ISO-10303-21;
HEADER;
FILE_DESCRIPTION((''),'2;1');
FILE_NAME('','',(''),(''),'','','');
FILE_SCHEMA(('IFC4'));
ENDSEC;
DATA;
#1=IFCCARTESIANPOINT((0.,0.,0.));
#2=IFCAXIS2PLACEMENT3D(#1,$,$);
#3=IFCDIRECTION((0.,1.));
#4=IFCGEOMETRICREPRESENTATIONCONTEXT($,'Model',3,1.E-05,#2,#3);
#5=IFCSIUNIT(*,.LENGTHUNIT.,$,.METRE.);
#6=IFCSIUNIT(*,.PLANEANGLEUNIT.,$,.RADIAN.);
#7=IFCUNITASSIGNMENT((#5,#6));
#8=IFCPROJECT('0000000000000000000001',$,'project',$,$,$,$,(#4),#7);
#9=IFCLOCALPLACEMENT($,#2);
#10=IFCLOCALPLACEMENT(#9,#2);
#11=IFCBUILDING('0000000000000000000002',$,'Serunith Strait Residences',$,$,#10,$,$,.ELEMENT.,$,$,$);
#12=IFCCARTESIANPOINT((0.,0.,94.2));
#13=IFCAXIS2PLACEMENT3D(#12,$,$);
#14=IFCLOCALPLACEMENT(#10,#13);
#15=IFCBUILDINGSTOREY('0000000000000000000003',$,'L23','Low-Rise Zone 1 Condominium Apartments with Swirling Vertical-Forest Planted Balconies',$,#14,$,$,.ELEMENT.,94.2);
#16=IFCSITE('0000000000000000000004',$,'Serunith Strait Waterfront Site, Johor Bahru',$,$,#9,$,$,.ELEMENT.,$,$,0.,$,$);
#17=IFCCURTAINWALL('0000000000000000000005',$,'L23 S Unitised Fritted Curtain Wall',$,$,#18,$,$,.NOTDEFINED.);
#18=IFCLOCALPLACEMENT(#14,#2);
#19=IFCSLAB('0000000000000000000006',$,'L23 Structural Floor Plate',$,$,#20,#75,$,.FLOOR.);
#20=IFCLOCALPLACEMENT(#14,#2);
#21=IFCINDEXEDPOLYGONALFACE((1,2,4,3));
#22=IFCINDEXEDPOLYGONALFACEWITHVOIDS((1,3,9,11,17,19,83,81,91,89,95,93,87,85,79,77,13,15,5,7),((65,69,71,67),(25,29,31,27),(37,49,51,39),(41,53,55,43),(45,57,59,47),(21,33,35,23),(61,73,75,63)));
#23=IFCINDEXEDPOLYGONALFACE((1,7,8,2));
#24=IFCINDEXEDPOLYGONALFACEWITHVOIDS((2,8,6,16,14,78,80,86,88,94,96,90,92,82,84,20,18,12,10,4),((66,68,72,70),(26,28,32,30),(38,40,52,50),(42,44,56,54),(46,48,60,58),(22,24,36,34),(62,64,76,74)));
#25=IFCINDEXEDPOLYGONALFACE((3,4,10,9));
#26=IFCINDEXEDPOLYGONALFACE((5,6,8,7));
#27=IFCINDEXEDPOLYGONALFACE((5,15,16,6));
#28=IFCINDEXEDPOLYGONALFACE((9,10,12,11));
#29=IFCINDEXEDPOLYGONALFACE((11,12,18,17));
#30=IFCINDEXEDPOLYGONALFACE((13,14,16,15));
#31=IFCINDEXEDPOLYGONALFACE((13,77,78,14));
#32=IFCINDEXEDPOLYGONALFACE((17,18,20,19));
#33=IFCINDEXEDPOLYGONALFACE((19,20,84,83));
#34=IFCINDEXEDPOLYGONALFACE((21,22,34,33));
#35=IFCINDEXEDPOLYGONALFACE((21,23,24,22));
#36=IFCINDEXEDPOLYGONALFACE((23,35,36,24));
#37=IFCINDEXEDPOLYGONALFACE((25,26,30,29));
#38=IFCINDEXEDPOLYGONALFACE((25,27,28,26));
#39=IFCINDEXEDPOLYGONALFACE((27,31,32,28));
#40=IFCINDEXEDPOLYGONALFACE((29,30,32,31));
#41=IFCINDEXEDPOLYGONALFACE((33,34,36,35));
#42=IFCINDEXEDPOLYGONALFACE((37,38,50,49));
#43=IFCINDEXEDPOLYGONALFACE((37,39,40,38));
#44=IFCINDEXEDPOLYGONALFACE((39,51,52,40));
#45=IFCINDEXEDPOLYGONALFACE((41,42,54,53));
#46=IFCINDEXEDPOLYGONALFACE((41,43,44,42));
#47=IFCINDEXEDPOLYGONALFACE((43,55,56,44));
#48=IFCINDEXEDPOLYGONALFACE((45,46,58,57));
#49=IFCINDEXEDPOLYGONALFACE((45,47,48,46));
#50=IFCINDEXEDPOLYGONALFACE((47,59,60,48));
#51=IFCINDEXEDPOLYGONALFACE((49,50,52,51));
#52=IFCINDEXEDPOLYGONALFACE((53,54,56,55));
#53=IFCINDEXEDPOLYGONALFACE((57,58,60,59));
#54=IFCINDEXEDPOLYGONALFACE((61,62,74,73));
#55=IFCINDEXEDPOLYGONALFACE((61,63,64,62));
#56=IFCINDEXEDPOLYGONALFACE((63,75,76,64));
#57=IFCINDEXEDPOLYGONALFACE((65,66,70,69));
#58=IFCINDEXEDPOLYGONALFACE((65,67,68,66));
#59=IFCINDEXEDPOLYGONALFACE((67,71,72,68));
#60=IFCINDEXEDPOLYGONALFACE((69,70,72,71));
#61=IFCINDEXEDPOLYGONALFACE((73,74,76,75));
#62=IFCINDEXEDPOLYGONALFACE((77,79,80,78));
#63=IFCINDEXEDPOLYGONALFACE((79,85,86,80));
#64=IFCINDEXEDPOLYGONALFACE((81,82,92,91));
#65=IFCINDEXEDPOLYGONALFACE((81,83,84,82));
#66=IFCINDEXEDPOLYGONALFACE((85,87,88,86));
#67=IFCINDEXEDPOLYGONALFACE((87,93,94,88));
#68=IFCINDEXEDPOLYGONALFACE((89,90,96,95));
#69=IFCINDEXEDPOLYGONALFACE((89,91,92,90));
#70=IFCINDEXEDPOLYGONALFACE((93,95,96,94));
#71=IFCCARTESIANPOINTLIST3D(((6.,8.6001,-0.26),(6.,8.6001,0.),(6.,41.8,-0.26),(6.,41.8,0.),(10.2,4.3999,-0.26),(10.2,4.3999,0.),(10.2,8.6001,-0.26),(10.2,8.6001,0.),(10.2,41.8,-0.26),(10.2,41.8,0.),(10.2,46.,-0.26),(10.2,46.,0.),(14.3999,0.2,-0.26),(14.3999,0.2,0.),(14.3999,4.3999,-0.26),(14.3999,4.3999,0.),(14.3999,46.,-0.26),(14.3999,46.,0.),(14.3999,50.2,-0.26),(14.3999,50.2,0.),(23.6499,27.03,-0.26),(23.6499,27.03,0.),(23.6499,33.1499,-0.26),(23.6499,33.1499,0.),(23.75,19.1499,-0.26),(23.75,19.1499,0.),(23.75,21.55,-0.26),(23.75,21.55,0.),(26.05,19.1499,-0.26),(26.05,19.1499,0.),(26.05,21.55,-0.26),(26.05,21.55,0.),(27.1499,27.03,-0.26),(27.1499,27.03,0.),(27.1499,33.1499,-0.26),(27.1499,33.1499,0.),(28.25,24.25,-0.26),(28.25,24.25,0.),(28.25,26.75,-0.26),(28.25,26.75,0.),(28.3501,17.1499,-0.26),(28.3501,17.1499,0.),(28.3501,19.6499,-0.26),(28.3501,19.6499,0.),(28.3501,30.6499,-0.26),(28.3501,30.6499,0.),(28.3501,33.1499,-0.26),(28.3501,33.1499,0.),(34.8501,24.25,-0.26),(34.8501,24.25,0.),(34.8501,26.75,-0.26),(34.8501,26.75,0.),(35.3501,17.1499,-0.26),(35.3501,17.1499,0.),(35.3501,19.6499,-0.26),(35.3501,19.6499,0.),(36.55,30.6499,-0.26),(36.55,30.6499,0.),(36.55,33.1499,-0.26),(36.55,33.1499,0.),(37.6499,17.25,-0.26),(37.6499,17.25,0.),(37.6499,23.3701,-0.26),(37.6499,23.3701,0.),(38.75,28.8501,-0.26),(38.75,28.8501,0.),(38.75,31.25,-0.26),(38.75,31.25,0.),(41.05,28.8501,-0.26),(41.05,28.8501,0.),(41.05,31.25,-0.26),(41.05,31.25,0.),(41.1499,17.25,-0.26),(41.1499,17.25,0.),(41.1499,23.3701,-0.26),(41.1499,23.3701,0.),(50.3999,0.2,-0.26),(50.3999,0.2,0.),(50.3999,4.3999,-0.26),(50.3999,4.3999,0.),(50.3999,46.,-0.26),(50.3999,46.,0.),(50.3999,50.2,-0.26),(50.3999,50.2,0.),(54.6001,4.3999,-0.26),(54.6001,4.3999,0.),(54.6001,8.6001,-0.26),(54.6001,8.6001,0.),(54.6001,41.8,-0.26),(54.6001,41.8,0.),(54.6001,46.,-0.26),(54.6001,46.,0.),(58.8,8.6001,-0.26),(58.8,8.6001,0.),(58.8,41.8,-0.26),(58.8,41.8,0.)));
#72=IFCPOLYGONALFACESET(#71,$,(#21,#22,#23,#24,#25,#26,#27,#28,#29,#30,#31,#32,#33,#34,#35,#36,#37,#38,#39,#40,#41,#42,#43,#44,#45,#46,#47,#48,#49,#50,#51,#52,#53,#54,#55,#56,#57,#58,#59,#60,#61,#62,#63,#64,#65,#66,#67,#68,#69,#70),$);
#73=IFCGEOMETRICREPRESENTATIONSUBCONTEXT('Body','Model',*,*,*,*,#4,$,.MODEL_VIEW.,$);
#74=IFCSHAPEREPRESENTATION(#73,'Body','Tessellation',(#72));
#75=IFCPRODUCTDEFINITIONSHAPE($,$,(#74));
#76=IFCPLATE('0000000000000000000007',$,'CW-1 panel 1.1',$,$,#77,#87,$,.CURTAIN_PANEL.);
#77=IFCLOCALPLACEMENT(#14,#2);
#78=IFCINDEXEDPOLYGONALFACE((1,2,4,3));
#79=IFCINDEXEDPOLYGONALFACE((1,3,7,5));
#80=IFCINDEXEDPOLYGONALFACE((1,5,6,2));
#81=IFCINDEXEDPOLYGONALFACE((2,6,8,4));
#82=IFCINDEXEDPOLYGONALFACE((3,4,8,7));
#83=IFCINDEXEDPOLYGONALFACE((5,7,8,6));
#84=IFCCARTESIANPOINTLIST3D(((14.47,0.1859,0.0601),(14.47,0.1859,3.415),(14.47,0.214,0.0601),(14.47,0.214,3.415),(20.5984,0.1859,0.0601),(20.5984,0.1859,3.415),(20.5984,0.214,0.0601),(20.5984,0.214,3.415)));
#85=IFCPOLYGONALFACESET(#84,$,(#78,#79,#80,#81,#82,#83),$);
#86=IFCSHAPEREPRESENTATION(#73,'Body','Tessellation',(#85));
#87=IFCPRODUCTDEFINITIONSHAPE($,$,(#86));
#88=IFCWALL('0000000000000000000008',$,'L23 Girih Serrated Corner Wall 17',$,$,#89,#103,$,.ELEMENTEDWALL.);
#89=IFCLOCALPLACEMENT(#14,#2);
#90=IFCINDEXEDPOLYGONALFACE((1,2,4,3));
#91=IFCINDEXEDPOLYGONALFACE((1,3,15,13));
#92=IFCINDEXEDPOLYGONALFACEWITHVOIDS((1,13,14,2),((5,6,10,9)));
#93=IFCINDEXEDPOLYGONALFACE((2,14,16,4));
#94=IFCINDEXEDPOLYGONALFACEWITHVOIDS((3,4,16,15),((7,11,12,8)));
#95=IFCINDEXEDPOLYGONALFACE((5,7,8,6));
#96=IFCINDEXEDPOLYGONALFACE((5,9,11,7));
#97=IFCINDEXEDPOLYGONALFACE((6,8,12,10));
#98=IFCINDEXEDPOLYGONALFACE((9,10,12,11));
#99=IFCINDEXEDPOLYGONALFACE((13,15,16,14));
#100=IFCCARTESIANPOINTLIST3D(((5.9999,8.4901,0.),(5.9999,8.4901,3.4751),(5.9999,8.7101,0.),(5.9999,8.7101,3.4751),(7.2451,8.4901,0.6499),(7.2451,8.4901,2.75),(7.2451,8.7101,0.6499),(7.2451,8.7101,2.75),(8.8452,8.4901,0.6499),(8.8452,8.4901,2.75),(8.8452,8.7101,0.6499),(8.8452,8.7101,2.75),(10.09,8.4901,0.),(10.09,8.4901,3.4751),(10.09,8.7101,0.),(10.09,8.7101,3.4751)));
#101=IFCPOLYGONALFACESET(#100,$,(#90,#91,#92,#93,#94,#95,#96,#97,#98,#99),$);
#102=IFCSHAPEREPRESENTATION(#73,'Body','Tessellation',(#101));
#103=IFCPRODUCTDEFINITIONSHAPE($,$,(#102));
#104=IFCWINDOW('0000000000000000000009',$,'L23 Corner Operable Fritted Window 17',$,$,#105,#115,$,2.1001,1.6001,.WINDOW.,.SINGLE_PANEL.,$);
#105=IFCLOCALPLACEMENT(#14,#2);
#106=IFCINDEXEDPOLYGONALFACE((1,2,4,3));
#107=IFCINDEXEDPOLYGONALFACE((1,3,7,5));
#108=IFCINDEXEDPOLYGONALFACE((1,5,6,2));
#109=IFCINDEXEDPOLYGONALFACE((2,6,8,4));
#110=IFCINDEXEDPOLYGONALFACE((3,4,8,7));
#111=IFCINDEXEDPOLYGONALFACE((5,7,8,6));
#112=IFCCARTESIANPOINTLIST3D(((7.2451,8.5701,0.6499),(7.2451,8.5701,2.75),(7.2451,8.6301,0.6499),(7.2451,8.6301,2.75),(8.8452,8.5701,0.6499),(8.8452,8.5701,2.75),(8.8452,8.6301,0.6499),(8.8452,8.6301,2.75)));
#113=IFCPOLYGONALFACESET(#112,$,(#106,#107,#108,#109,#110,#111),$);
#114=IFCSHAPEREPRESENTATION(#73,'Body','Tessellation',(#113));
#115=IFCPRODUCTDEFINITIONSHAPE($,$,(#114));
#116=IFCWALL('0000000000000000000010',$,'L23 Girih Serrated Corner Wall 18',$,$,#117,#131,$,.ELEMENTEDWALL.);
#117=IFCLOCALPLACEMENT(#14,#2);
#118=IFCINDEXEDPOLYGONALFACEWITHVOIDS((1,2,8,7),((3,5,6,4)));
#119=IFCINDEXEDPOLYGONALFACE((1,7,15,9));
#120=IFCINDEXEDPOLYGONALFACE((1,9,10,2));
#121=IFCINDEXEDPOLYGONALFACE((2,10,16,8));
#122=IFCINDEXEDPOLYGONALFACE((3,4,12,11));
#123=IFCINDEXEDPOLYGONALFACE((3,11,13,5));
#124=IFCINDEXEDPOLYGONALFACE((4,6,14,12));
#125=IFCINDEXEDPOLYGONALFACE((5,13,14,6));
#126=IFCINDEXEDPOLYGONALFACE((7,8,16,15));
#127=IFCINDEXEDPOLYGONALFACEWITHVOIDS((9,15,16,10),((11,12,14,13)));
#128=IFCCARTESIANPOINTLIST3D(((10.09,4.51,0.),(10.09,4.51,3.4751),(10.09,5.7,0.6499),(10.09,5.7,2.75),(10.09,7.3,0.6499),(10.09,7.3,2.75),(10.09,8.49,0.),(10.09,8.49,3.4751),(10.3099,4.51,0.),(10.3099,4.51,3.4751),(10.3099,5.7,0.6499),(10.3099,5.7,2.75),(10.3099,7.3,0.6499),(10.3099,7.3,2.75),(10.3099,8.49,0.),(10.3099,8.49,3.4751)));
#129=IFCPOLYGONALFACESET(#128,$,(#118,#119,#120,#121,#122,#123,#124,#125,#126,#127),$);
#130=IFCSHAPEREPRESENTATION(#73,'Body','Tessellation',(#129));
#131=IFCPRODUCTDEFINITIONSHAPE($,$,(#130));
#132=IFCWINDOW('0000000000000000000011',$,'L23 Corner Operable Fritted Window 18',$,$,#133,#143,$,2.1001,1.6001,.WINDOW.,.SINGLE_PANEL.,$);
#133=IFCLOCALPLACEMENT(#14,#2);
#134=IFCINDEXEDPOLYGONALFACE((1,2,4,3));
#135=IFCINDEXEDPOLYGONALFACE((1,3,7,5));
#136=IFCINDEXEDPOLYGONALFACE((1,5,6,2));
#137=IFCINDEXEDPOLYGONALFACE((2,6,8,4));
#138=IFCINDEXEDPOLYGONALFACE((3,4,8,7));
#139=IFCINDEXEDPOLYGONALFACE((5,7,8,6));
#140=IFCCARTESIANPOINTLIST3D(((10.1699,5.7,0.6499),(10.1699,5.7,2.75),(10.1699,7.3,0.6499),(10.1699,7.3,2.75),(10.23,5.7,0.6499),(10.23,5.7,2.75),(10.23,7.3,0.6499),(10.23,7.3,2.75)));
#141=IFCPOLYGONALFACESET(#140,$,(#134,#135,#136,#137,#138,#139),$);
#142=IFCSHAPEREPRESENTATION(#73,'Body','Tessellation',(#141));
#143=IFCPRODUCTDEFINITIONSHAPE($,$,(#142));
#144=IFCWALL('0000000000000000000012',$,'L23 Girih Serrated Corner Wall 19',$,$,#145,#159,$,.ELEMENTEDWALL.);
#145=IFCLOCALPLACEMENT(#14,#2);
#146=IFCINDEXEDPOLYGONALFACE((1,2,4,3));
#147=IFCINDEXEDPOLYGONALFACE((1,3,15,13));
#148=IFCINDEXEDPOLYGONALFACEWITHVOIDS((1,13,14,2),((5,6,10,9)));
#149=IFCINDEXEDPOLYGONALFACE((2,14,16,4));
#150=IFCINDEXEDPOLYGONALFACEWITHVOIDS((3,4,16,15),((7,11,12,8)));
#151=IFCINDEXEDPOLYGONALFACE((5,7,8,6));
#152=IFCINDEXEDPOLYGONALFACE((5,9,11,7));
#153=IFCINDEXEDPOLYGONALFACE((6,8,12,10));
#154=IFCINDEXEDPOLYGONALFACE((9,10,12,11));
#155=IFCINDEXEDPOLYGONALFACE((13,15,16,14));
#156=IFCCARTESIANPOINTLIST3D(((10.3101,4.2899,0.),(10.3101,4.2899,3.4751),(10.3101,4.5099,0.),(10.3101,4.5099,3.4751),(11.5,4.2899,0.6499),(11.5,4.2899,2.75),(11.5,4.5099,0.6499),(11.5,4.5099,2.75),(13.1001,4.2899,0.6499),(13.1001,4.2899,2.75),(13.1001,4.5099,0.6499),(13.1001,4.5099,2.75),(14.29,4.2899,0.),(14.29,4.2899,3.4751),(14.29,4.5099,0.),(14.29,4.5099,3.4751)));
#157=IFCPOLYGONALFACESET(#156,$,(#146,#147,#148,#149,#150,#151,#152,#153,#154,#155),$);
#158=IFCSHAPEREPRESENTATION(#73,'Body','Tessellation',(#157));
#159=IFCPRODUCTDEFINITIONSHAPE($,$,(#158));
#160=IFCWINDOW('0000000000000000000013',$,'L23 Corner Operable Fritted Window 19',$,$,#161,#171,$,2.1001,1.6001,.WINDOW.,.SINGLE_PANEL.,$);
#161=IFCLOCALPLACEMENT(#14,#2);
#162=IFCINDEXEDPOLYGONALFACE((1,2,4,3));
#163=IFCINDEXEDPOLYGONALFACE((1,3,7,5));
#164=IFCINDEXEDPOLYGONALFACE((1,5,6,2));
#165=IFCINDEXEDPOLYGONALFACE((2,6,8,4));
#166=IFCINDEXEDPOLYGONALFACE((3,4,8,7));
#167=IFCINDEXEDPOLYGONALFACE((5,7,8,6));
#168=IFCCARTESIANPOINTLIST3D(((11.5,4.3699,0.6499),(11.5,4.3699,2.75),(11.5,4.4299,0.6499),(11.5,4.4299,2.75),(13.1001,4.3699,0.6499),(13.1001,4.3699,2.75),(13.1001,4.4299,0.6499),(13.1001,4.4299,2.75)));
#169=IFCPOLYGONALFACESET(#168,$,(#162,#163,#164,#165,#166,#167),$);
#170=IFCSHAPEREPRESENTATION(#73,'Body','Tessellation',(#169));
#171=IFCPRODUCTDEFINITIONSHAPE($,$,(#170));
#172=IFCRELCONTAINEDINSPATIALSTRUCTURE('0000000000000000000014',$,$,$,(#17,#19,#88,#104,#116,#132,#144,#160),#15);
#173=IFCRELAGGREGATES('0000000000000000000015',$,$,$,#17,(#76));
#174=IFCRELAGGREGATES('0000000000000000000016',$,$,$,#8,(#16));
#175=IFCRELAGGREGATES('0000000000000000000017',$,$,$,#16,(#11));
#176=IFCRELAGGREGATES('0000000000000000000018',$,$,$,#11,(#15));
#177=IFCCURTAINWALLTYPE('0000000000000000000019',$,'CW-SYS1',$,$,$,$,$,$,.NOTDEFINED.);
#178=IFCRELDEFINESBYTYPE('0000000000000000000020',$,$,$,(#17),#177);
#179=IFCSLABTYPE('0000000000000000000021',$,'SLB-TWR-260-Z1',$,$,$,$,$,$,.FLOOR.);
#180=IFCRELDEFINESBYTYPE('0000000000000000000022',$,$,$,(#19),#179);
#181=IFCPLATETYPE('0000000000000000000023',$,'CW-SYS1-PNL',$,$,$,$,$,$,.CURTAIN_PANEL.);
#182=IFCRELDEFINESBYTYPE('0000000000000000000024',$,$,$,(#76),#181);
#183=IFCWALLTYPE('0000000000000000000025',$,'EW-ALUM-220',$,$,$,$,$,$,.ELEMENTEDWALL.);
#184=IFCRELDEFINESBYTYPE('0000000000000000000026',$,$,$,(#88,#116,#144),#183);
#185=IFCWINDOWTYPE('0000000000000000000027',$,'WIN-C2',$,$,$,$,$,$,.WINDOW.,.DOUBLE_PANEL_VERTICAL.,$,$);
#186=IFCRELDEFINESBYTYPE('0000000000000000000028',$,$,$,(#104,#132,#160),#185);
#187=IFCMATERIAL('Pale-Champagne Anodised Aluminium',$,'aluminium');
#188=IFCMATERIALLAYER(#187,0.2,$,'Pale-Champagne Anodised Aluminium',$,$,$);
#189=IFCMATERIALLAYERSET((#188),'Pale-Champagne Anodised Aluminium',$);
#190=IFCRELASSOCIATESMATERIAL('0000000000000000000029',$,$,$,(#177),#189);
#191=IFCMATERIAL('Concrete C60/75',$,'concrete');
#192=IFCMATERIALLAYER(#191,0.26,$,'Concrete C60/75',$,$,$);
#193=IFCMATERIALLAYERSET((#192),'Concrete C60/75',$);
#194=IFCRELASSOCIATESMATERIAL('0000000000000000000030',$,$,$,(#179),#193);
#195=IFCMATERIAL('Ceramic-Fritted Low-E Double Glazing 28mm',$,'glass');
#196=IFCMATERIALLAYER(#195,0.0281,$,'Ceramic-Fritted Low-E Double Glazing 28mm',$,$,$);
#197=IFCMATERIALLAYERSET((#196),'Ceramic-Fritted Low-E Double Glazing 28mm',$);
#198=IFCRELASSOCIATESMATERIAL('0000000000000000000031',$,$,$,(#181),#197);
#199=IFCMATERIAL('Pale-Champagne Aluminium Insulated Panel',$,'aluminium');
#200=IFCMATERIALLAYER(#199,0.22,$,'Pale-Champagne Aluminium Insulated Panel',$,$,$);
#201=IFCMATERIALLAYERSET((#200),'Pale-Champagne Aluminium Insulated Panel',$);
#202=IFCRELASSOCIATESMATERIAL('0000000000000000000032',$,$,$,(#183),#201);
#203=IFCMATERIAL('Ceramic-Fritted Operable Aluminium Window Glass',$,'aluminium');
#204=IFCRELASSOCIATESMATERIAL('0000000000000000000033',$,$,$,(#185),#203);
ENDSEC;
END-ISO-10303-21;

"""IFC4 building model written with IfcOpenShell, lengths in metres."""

from ifc_helpers import new_model, si_unit, direction, frame, frame_2d, origin, origin_2d, place, context, subcontext, project, spatial, polyline, rectangle, outline, extrude, source, transform, mapped, material, layer, layer_set, type_object, element, fill, aggregate, save


model = new_model("IFC4")

# Units and contexts
model_context = context("Model", 3, precision=1e-05, world=origin(), true_north=direction((0.0, 1.0)))
body_context = subcontext(model_context, "Body", "Model", "MODEL_VIEW")
ifc_project = project(units=[si_unit("LENGTHUNIT", "METRE"), si_unit("PLANEANGLEUNIT", "RADIAN")], contexts=[model_context])

# Site, building, storey
site_placement = place(None, origin())
site = spatial("IfcSite", under=ifc_project, at=site_placement, Name="Serunith Strait Waterfront Site, Johor Bahru", CompositionType="ELEMENT", RefElevation=0.0)
building_placement = place(site_placement, origin())
building = spatial("IfcBuilding", under=site, at=building_placement, Name="Serunith Strait Residences", CompositionType="ELEMENT")
storey_placement = place(building_placement, frame((0.0, 0.0, 94.2)))
storey = spatial("IfcBuildingStorey", under=building, at=storey_placement, Name="L23", Description="Low-Rise Zone 1 Condominium Apartments with Swirling Vertical-Forest Planted Balconies", CompositionType="ELEMENT", Elevation=94.2)

# Curtain wall
ifc_material_1 = material(Name="Pale-Champagne Anodised Aluminium", Category="aluminium")
ifc_layer_1 = layer(ifc_material_1, 0.2, Name="Pale-Champagne Anodised Aluminium")
ifc_layer_set_1 = layer_set([ifc_layer_1], Name="Pale-Champagne Anodised Aluminium")
curtain_wall_type = type_object("IfcCurtainWallType", Name="CW-SYS1", PredefinedType="NOTDEFINED", material=ifc_layer_set_1)
curtain_wall_1_placement = place(storey_placement, origin())
curtain_wall_1 = element("IfcCurtainWall", 1, at=curtain_wall_1_placement, inside=storey, type_object=curtain_wall_type, Name="L23 S Unitised Fritted Curtain Wall", PredefinedType="NOTDEFINED")

# Slab
ifc_material_2 = material(Name="Concrete C60/75", Category="concrete")
ifc_layer_2 = layer(ifc_material_2, 0.26, Name="Concrete C60/75")
ifc_layer_set_2 = layer_set([ifc_layer_2], Name="Concrete C60/75")
slab_type_1 = type_object("IfcSlabType", Name="SLB-TWR-260-Z1", PredefinedType="FLOOR", material=ifc_layer_set_2)
slab_1_placement = place(storey_placement, frame((0.0, 0.0, -0.26)))
element("IfcSlab", 2, at=slab_1_placement, inside=storey, type_object=slab_type_1, Name="L23 Structural Floor Plate", PredefinedType="FLOOR", context=body_context, shape_type="SweptSolid", body=[
    extrude(outline(polyline([(14.3999, 4.3999), (10.2, 4.3999), (10.2, 8.6001), (6.0, 8.6001), (6.0, 41.8), (10.2, 41.8), (10.2, 46.0), (14.3999, 46.0), (14.3999, 50.2), (50.3999, 50.2), (50.3999, 46.0), (54.6001, 46.0), (54.6001, 41.8), (58.8, 41.8), (58.8, 8.6001), (54.6001, 8.6001), (54.6001, 4.3999), (50.3999, 4.3999), (50.3999, 0.2), (14.3999, 0.2), (14.3999, 4.3999)]), holes=[polyline([(41.1499, 17.25), (41.1499, 23.3701), (37.6499, 23.3701), (37.6499, 17.25), (41.1499, 17.25)]), polyline([(41.05, 31.25), (38.75, 31.25), (38.75, 28.8501), (41.05, 28.8501), (41.05, 31.25)]), polyline([(36.55, 33.1499), (28.3501, 33.1499), (28.3501, 30.6499), (36.55, 30.6499), (36.55, 33.1499)]), polyline([(28.3501, 19.6499), (28.3501, 17.1499), (35.3501, 17.1499), (35.3501, 19.6499), (28.3501, 19.6499)]), polyline([(34.8501, 26.75), (28.25, 26.75), (28.25, 24.25), (34.8501, 24.25), (34.8501, 26.75)]), polyline([(23.6499, 33.1499), (23.6499, 27.03), (27.1499, 27.03), (27.1499, 33.1499), (23.6499, 33.1499)]), polyline([(26.05, 21.55), (23.75, 21.55), (23.75, 19.1499), (26.05, 19.1499), (26.05, 21.55)])]), origin(), (0.0, 0.0, 1.0), 0.26),
])

# Plate
ifc_material_3 = material(Name="Ceramic-Fritted Low-E Double Glazing 28mm", Category="glass")
ifc_layer_3 = layer(ifc_material_3, 0.0281, Name="Ceramic-Fritted Low-E Double Glazing 28mm")
ifc_layer_set_3 = layer_set([ifc_layer_3], Name="Ceramic-Fritted Low-E Double Glazing 28mm")
plate_type = type_object("IfcPlateType", Name="CW-SYS1-PNL", PredefinedType="CURTAIN_PANEL", material=ifc_layer_set_3)
shared_shape_1 = source(origin(), body_context, "Body", "SweptSolid", [
    extrude(rectangle(XDim=6.1284, YDim=0.0281, at=origin_2d()), origin(), (0.0, 0.0, 1.0), 3.355),
])
plate_placement = place(storey_placement, frame((17.5342, 0.2, 0.0601), z_axis=(0.0, 0.0, 1.0), x_axis=(1.0, 0.0, 0.0)))
plate = element("IfcPlate", 3, at=plate_placement, type_object=plate_type, Name="CW-1 panel 1.1", PredefinedType="CURTAIN_PANEL", context=body_context, shape_type="MappedRepresentation", body=[
    mapped(shared_shape_1, transform((0.0, 0.0, 0.0), scale=1.0)),
])
aggregate(curtain_wall_1, [plate])

# Walls, openings, windows
ifc_material_4 = material(Name="Pale-Champagne Aluminium Insulated Panel", Category="aluminium")
ifc_layer_4 = layer(ifc_material_4, 0.22, Name="Pale-Champagne Aluminium Insulated Panel")
ifc_layer_set_4 = layer_set([ifc_layer_4], Name="Pale-Champagne Aluminium Insulated Panel")
wall_type_1 = type_object("IfcWallType", Name="EW-ALUM-220", PredefinedType="ELEMENTEDWALL", material=ifc_layer_set_4)
wall_1_placement = place(storey_placement, frame((6.0, 8.6001, 0.0), z_axis=(0.0, 0.0, 1.0), x_axis=(1.0, 0.0, 0.0)))
wall_1 = element("IfcWall", 4, at=wall_1_placement, inside=storey, type_object=wall_type_1, Name="L23 Girih Serrated Corner Wall 17", PredefinedType="ELEMENTEDWALL", context=body_context, shape_type="SweptSolid", body=[
    extrude(rectangle(XDim=4.0901, YDim=0.22, at=frame_2d((2.0449, 0.0))), origin(), (0.0, 0.0, 1.0), 3.4751),
])
opening_1_placement = place(wall_1_placement, frame((1.2451, 0.0, 0.6499)))
opening_1 = element("IfcOpeningElement", 5, at=opening_1_placement, cuts=wall_1, PredefinedType="OPENING", context=body_context, shape_type="SweptSolid", body=[
    extrude(rectangle(XDim=1.6001, YDim=2.1001, at=frame_2d((0.8, 1.05))), frame((0.0, 0.1201, 0.0), z_axis=(0.0, -1.0, 0.0), x_axis=(1.0, 0.0, 0.0)), (0.0, 0.0, 1.0), 0.24),
])
ifc_material_5 = material(Name="Ceramic-Fritted Operable Aluminium Window Glass", Category="aluminium")
window_type = type_object("IfcWindowType", Name="WIN-C2", PartitioningType="DOUBLE_PANEL_VERTICAL", PredefinedType="WINDOW", material=ifc_material_5)
shared_shape_2 = source(origin(), body_context, "Body", "SweptSolid", [
    extrude(rectangle(XDim=1.6001, YDim=2.1001, at=frame_2d((0.8, 1.05))), frame((0.0, 0.03, 0.0), z_axis=(0.0, -1.0, 0.0), x_axis=(1.0, 0.0, 0.0)), (0.0, 0.0, 1.0), 0.0601),
])
window_1_placement = place(opening_1_placement, origin())
window_1 = element("IfcWindow", 6, at=window_1_placement, inside=storey, type_object=window_type, Name="L23 Corner Operable Fritted Window 17", OverallHeight=2.1001, OverallWidth=1.6001, PartitioningType="SINGLE_PANEL", PredefinedType="WINDOW", context=body_context, shape_type="MappedRepresentation", body=[
    mapped(shared_shape_2, transform((0.0, 0.0, 0.0), scale=1.0)),
])
fill(opening_1, window_1)
wall_2_placement = place(storey_placement, frame((10.2, 8.49, 0.0), z_axis=(0.0, 0.0, 1.0), x_axis=(0.0, -1.0, 0.0)))
wall_2 = element("IfcWall", 7, at=wall_2_placement, inside=storey, type_object=wall_type_1, Name="L23 Girih Serrated Corner Wall 18", PredefinedType="ELEMENTEDWALL", context=body_context, shape_type="SweptSolid", body=[
    extrude(rectangle(XDim=3.98, YDim=0.22, at=frame_2d((1.99, 0.0))), origin(), (0.0, 0.0, 1.0), 3.4751),
])
opening_2_placement = place(wall_2_placement, frame((1.1899, 0.0, 0.6499)))
opening_2 = element("IfcOpeningElement", 8, at=opening_2_placement, cuts=wall_2, PredefinedType="OPENING", context=body_context, shape_type="SweptSolid", body=[
    extrude(rectangle(XDim=1.6001, YDim=2.1001, at=frame_2d((0.8, 1.05))), frame((0.0, 0.1201, 0.0), z_axis=(0.0, -1.0, 0.0), x_axis=(1.0, 0.0, 0.0)), (0.0, 0.0, 1.0), 0.24),
])
window_2_placement = place(opening_2_placement, origin())
window_2 = element("IfcWindow", 9, at=window_2_placement, inside=storey, type_object=window_type, Name="L23 Corner Operable Fritted Window 18", OverallHeight=2.1001, OverallWidth=1.6001, PartitioningType="SINGLE_PANEL", PredefinedType="WINDOW", context=body_context, shape_type="MappedRepresentation", body=[
    mapped(shared_shape_2, transform((0.0, 0.0, 0.0), scale=1.0)),
])
fill(opening_2, window_2)
wall_3_placement = place(storey_placement, frame((10.3101, 4.3999, 0.0), z_axis=(0.0, 0.0, 1.0), x_axis=(1.0, 0.0, 0.0)))
wall_3 = element("IfcWall", 10, at=wall_3_placement, inside=storey, type_object=wall_type_1, Name="L23 Girih Serrated Corner Wall 19", PredefinedType="ELEMENTEDWALL", context=body_context, shape_type="SweptSolid", body=[
    extrude(rectangle(XDim=3.98, YDim=0.22, at=frame_2d((1.99, 0.0))), origin(), (0.0, 0.0, 1.0), 3.4751),
])
opening_3_placement = place(wall_3_placement, frame((1.1899, 0.0, 0.6499)))
opening_3 = element("IfcOpeningElement", 11, at=opening_3_placement, cuts=wall_3, PredefinedType="OPENING", context=body_context, shape_type="SweptSolid", body=[
    extrude(rectangle(XDim=1.6001, YDim=2.1001, at=frame_2d((0.8, 1.05))), frame((0.0, 0.1201, 0.0), z_axis=(0.0, -1.0, 0.0), x_axis=(1.0, 0.0, 0.0)), (0.0, 0.0, 1.0), 0.24),
])
window_3_placement = place(opening_3_placement, origin())
window_3 = element("IfcWindow", 12, at=window_3_placement, inside=storey, type_object=window_type, Name="L23 Corner Operable Fritted Window 19", OverallHeight=2.1001, OverallWidth=1.6001, PartitioningType="SINGLE_PANEL", PredefinedType="WINDOW", context=body_context, shape_type="MappedRepresentation", body=[
    mapped(shared_shape_2, transform((0.0, 0.0, 0.0), scale=1.0)),
])
fill(opening_3, window_3)

save(model, "model.ifc")
